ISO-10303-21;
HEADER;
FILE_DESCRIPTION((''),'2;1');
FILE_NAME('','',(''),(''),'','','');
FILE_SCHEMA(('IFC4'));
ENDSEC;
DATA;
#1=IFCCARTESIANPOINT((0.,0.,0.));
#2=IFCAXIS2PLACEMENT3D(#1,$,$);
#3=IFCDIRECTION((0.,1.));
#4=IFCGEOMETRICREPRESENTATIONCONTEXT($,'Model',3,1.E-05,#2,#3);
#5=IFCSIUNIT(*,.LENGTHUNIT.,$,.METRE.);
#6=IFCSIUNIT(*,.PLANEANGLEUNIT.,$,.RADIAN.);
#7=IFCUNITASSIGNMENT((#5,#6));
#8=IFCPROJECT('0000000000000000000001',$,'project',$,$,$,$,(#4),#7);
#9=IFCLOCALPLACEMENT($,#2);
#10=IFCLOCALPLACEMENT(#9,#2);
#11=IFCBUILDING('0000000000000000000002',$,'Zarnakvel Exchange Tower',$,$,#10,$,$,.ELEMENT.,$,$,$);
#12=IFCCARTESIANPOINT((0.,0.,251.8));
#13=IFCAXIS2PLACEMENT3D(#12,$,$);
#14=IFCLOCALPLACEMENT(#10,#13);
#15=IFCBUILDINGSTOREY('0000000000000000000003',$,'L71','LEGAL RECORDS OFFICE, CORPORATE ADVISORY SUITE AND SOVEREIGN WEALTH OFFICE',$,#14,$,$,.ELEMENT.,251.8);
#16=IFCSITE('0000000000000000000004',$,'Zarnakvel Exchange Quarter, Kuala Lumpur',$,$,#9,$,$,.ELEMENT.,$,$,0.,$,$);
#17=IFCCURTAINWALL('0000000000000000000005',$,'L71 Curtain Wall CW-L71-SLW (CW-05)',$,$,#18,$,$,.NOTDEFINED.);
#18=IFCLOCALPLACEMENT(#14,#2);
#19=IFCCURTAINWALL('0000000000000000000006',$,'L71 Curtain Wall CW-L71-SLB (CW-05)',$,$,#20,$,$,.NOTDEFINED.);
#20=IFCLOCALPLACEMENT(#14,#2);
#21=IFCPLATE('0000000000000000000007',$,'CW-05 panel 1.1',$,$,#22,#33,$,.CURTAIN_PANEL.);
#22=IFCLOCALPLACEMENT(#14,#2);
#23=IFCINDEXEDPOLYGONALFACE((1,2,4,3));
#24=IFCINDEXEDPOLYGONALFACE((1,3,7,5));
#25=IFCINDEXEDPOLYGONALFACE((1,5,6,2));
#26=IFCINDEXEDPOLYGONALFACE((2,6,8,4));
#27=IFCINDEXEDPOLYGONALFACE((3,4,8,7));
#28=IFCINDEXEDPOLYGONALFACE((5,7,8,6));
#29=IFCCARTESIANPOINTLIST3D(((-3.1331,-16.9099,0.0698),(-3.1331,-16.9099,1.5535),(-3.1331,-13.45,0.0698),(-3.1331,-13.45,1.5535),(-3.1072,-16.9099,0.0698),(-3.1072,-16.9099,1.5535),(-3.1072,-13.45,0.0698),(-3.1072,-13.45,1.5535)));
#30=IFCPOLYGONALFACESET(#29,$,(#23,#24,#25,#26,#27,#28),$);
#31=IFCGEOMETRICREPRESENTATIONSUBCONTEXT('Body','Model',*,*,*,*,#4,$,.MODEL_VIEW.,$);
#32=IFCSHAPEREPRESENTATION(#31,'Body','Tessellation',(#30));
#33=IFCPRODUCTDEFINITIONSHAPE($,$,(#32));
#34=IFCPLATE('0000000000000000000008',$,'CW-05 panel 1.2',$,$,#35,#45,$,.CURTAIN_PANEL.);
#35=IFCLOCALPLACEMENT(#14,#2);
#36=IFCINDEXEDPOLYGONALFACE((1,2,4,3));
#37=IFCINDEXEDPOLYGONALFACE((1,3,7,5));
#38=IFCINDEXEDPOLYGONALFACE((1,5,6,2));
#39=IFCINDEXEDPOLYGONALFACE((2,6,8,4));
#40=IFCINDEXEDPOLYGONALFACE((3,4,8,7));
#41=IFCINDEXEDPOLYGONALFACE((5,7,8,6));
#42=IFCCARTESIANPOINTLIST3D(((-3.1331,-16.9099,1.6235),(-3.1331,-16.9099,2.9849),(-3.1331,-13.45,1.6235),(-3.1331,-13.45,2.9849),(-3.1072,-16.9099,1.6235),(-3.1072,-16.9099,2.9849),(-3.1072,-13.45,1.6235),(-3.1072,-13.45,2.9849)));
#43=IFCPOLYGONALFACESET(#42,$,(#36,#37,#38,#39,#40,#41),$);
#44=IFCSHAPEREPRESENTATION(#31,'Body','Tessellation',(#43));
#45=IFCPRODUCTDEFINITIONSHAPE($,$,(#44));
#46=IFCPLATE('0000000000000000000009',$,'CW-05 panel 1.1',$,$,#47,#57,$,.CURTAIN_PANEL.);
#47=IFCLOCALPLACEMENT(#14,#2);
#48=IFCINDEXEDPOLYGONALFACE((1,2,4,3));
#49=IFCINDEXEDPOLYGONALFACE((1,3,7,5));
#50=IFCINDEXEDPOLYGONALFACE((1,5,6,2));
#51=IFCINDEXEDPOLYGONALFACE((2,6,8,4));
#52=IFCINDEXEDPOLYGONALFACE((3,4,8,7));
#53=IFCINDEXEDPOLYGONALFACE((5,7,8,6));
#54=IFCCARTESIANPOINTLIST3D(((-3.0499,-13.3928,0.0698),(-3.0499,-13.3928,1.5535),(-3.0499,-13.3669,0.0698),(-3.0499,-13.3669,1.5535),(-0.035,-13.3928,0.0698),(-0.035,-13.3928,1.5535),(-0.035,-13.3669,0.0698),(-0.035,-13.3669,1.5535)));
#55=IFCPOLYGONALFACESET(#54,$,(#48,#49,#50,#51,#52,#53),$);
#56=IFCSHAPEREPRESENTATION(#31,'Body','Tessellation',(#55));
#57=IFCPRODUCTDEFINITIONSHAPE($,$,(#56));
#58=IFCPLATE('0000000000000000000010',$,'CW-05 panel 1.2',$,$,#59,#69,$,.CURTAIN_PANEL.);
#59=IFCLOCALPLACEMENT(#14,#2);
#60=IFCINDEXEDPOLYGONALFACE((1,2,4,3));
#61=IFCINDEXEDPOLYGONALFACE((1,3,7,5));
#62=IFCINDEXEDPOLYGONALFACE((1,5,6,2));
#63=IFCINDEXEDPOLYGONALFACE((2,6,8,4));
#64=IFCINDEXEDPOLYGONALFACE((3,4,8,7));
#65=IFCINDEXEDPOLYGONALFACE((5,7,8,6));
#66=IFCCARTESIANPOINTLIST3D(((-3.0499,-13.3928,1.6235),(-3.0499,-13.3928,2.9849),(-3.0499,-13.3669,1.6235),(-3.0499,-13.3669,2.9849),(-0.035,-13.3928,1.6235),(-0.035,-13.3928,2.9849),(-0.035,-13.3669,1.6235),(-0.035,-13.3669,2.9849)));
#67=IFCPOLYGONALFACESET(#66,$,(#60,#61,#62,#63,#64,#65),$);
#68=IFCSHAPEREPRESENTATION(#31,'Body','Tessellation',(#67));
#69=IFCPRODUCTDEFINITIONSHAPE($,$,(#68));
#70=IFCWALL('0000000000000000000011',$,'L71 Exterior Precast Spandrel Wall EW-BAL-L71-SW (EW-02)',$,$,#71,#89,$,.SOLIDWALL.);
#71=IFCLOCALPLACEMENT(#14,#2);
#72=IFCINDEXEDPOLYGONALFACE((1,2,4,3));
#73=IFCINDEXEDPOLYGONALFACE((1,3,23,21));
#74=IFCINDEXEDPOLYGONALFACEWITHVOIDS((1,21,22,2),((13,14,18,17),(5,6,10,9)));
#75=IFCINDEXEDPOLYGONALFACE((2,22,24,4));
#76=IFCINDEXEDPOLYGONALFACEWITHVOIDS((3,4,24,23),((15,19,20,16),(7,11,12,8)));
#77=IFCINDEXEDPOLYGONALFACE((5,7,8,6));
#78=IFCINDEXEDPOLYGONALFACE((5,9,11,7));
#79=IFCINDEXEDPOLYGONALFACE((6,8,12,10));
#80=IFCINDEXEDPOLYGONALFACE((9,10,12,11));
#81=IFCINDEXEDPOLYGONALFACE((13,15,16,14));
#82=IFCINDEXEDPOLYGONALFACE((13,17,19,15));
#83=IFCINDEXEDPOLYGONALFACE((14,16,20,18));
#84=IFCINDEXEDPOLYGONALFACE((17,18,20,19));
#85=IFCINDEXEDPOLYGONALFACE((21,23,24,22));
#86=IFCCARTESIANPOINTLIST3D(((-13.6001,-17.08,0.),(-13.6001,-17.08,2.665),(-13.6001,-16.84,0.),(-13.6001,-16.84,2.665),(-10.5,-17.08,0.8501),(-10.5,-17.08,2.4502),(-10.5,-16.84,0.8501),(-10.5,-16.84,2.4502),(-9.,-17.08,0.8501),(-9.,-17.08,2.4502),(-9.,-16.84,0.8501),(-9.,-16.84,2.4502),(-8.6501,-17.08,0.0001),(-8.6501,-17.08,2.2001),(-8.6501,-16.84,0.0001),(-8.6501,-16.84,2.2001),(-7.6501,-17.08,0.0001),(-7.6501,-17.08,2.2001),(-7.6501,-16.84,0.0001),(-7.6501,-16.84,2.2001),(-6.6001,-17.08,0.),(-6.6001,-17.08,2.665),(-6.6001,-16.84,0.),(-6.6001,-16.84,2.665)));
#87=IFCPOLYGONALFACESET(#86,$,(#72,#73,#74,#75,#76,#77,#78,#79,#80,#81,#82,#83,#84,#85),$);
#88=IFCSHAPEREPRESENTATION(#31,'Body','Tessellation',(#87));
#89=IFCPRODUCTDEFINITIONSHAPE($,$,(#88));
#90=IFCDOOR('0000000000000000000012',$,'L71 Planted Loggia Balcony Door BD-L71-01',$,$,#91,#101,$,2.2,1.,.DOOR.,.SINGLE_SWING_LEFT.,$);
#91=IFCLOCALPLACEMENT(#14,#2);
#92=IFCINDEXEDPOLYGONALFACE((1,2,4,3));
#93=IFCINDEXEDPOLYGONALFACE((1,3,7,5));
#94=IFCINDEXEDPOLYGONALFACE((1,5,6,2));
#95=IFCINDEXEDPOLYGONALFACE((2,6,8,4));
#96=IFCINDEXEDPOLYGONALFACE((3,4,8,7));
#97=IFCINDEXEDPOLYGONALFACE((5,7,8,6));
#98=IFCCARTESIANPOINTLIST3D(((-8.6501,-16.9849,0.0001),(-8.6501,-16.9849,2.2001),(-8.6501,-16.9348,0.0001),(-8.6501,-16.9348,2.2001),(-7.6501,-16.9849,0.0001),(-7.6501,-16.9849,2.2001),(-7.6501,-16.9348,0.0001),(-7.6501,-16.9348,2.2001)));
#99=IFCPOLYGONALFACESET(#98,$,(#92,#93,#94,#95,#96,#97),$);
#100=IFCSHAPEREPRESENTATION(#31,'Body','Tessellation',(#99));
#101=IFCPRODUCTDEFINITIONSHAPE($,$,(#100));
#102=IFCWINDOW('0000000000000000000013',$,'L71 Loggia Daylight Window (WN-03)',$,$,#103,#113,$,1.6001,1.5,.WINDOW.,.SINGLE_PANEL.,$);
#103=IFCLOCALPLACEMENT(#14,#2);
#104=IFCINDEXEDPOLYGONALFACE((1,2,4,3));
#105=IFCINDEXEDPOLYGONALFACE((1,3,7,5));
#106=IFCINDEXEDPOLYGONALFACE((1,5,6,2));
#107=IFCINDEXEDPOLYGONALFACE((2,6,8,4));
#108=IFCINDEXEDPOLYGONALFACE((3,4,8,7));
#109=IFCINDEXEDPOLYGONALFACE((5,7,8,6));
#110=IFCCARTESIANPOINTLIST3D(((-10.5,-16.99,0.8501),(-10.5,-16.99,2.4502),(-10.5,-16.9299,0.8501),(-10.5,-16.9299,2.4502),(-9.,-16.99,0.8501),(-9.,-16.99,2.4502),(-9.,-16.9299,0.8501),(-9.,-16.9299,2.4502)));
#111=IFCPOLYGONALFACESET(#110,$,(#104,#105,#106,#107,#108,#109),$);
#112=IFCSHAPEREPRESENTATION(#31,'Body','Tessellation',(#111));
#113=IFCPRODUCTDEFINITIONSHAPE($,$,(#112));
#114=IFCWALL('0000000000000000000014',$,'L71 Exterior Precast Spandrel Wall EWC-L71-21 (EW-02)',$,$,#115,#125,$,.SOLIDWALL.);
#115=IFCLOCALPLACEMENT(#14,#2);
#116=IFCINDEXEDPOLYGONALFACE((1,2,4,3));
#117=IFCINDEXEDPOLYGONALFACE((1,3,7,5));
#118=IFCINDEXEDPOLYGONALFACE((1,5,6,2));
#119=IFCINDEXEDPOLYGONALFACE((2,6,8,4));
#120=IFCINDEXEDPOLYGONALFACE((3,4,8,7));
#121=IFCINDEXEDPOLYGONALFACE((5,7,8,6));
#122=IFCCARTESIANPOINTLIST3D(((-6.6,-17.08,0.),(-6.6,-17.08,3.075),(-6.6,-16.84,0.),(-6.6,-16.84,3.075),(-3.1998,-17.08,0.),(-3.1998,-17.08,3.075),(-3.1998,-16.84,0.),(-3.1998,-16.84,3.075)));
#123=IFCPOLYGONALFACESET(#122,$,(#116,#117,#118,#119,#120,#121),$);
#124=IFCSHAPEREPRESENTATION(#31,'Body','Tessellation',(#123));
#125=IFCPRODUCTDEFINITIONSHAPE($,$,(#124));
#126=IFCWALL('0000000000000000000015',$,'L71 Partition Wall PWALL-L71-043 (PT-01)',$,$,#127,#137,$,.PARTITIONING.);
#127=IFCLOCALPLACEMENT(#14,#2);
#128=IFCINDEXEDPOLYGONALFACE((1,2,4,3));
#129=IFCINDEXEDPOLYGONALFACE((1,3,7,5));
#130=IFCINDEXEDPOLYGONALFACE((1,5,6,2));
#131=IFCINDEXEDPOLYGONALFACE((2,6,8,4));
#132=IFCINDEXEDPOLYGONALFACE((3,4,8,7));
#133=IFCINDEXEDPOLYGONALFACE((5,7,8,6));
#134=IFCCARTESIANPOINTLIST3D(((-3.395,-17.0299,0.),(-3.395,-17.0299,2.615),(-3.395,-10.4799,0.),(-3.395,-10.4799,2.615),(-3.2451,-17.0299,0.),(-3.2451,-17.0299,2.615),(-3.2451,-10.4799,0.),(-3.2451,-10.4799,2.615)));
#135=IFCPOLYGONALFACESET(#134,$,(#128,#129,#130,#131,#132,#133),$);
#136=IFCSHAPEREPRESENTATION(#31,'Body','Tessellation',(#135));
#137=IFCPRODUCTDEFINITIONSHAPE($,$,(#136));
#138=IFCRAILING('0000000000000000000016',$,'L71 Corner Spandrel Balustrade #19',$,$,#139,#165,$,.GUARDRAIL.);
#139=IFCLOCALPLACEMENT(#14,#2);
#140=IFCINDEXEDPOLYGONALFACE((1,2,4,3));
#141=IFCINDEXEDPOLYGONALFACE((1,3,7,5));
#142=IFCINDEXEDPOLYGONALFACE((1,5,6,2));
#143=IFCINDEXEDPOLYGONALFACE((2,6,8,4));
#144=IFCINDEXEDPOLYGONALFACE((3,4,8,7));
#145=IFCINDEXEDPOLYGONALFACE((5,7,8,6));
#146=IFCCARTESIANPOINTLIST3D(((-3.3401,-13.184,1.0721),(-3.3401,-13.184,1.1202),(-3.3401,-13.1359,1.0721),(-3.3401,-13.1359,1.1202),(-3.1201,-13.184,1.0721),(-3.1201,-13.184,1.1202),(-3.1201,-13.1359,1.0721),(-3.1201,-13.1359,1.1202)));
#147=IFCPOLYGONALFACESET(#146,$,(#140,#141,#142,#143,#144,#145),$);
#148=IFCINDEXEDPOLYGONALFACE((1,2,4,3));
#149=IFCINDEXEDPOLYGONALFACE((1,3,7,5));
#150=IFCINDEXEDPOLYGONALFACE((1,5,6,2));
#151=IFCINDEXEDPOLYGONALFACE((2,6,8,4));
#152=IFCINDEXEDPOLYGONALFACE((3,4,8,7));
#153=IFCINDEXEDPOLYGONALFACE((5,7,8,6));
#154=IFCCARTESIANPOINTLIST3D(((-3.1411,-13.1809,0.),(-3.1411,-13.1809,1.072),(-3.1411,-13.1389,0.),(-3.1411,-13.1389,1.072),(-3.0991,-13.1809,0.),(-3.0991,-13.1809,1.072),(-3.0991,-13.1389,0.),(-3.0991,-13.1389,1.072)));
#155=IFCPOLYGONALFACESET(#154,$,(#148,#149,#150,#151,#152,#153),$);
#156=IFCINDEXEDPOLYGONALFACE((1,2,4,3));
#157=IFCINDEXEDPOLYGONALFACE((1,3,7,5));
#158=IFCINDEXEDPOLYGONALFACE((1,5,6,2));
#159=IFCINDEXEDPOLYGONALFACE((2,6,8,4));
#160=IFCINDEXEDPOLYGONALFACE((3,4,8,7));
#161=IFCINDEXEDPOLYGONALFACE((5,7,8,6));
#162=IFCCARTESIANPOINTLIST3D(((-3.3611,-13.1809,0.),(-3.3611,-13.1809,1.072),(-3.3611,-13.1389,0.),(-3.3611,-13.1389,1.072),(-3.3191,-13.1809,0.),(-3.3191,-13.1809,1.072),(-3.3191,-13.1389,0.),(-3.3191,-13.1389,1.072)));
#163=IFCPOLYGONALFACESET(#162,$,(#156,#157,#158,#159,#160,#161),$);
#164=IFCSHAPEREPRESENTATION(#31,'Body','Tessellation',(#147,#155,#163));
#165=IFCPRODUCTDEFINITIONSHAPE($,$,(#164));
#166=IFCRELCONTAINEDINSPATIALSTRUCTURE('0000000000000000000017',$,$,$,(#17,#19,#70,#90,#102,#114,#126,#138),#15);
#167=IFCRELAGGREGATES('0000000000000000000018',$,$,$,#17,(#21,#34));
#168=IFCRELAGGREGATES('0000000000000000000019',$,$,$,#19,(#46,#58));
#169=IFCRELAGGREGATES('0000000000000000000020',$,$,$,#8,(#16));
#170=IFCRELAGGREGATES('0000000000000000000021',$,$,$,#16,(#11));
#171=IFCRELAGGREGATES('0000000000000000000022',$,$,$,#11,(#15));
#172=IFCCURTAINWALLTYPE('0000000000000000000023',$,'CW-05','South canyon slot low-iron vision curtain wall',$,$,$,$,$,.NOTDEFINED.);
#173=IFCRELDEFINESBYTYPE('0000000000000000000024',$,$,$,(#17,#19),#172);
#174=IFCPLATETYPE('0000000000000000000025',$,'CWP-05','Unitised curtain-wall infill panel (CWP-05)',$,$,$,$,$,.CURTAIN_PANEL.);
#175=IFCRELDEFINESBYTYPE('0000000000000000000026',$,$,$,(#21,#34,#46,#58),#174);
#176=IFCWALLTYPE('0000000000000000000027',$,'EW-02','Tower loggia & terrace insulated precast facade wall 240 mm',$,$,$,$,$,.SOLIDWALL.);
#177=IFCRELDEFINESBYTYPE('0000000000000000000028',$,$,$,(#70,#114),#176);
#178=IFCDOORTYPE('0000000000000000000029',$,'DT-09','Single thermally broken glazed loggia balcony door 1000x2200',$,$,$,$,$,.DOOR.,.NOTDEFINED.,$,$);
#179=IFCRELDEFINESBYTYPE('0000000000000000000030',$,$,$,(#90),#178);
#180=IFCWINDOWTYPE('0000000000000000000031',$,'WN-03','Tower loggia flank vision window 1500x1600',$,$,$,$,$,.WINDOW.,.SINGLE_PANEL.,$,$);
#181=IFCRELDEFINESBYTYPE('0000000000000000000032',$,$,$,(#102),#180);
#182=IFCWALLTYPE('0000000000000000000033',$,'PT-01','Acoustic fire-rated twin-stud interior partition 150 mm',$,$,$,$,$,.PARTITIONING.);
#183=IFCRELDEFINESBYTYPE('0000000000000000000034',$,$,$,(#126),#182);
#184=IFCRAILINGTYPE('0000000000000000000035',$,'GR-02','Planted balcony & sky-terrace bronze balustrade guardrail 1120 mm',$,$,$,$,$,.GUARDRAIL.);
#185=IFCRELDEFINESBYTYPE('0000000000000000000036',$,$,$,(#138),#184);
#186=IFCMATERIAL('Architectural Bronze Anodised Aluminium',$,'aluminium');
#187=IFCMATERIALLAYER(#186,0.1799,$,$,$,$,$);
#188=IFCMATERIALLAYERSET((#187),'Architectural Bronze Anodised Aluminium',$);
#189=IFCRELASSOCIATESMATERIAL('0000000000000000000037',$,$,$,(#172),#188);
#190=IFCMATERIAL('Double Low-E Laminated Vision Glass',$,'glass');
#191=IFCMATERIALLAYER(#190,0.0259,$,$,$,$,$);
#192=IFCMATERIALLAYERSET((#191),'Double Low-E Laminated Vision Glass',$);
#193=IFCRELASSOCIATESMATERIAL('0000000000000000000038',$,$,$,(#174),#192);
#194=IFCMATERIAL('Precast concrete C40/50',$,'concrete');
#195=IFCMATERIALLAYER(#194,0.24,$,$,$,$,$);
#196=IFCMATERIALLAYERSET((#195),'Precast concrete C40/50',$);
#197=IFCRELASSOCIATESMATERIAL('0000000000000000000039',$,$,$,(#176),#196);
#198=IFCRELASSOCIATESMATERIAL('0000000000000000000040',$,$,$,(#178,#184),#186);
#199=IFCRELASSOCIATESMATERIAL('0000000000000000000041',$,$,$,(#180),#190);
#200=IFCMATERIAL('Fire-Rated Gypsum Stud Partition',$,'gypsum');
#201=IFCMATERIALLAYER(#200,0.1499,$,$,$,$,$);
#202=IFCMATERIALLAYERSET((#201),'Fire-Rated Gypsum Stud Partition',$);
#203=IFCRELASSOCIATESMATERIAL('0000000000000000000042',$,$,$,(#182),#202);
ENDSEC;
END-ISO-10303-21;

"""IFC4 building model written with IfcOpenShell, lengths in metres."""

from ifc_helpers import new_model, si_unit, direction, frame, frame_2d, origin, origin_2d, place, context, subcontext, project, spatial, rectangle, extrude, source, transform, mapped, material, layer, layer_set, type_object, element, fill, aggregate, save


model = new_model("IFC4")

# Units and contexts
model_context = context("Model", 3, precision=1e-05, world=origin(), true_north=direction((0.0, 1.0)))
body_context = subcontext(model_context, "Body", "Model", "MODEL_VIEW")
ifc_project = project(units=[si_unit("LENGTHUNIT", "METRE"), si_unit("PLANEANGLEUNIT", "RADIAN")], contexts=[model_context])

# Site, building, storey
site_placement = place(None, origin())
site = spatial("IfcSite", under=ifc_project, at=site_placement, Name="Zarnakvel Exchange Quarter, Kuala Lumpur", CompositionType="ELEMENT", RefElevation=0.0)
building_placement = place(site_placement, origin())
building = spatial("IfcBuilding", under=site, at=building_placement, Name="Zarnakvel Exchange Tower", CompositionType="ELEMENT")
storey_placement = place(building_placement, frame((0.0, 0.0, 251.8)))
storey = spatial("IfcBuildingStorey", under=building, at=storey_placement, Name="L71", Description="LEGAL RECORDS OFFICE, CORPORATE ADVISORY SUITE AND SOVEREIGN WEALTH OFFICE", CompositionType="ELEMENT", Elevation=251.8)

# Curtain walls
ifc_material_1 = material(Name="Architectural Bronze Anodised Aluminium", Category="aluminium")
ifc_layer_1 = layer(ifc_material_1, 0.1799)
ifc_layer_set_1 = layer_set([ifc_layer_1], Name="Architectural Bronze Anodised Aluminium")
curtain_wall_type = type_object("IfcCurtainWallType", Name="CW-05", Description="South canyon slot low-iron vision curtain wall", PredefinedType="NOTDEFINED", material=ifc_layer_set_1)
curtain_wall_1_placement = place(storey_placement, origin())
curtain_wall_1 = element("IfcCurtainWall", 1, at=curtain_wall_1_placement, inside=storey, type_object=curtain_wall_type, Name="L71 Curtain Wall CW-L71-SLW (CW-05)", PredefinedType="NOTDEFINED")
curtain_wall_2_placement = place(storey_placement, origin())
curtain_wall_2 = element("IfcCurtainWall", 2, at=curtain_wall_2_placement, inside=storey, type_object=curtain_wall_type, Name="L71 Curtain Wall CW-L71-SLB (CW-05)", PredefinedType="NOTDEFINED")

# Plates
ifc_material_2 = material(Name="Double Low-E Laminated Vision Glass", Category="glass")
ifc_layer_2 = layer(ifc_material_2, 0.0259)
ifc_layer_set_2 = layer_set([ifc_layer_2], Name="Double Low-E Laminated Vision Glass")
plate_type = type_object("IfcPlateType", Name="CWP-05", Description="Unitised curtain-wall infill panel (CWP-05)", PredefinedType="CURTAIN_PANEL", material=ifc_layer_set_2)
shared_shape_1 = source(origin(), body_context, "Body", "SweptSolid", [
    extrude(rectangle(XDim=3.46, YDim=0.0259, at=origin_2d()), origin(), (0.0, 0.0, 1.0), 1.4836),
])
plate_1_placement = place(storey_placement, frame((-3.1201, -15.1799, 0.0698), z_axis=(0.0, 0.0, 1.0), x_axis=(0.0, 1.0, 0.0)))
plate_1 = element("IfcPlate", 3, at=plate_1_placement, type_object=plate_type, Name="CW-05 panel 1.1", PredefinedType="CURTAIN_PANEL", context=body_context, shape_type="MappedRepresentation", body=[
    mapped(shared_shape_1, transform((0.0, 0.0, 0.0), x_axis=(1.0, 0.0, 0.0), y_axis=(0.0, 1.0, 0.0), z_axis=(0.0, 0.0, 1.0), scale=1.0)),
])
shared_shape_2 = source(origin(), body_context, "Body", "SweptSolid", [
    extrude(rectangle(XDim=3.46, YDim=0.0259, at=origin_2d()), origin(), (0.0, 0.0, 1.0), 1.3613),
])
plate_2_placement = place(storey_placement, frame((-3.1201, -15.1799, 1.6235), z_axis=(0.0, 0.0, 1.0), x_axis=(0.0, 1.0, 0.0)))
plate_2 = element("IfcPlate", 4, at=plate_2_placement, type_object=plate_type, Name="CW-05 panel 1.2", PredefinedType="CURTAIN_PANEL", context=body_context, shape_type="MappedRepresentation", body=[
    mapped(shared_shape_2, transform((0.0, 0.0, 0.0), x_axis=(1.0, 0.0, 0.0), y_axis=(0.0, 1.0, 0.0), z_axis=(0.0, 0.0, 1.0), scale=1.0)),
])
aggregate(curtain_wall_1, [plate_1, plate_2])
shared_shape_3 = source(origin(), body_context, "Body", "SweptSolid", [
    extrude(rectangle(XDim=3.0149, YDim=0.0259, at=origin_2d()), origin(), (0.0, 0.0, 1.0), 1.4836),
])
plate_3_placement = place(storey_placement, frame((-1.5425, -13.3799, 0.0698), z_axis=(0.0, 0.0, 1.0), x_axis=(1.0, 0.0, 0.0)))
plate_3 = element("IfcPlate", 5, at=plate_3_placement, type_object=plate_type, Name="CW-05 panel 1.1", PredefinedType="CURTAIN_PANEL", context=body_context, shape_type="MappedRepresentation", body=[
    mapped(shared_shape_3, transform((0.0, 0.0, 0.0), x_axis=(1.0, 0.0, 0.0), y_axis=(0.0, 1.0, 0.0), z_axis=(0.0, 0.0, 1.0), scale=1.0)),
])
shared_shape_4 = source(origin(), body_context, "Body", "SweptSolid", [
    extrude(rectangle(XDim=3.0149, YDim=0.0259, at=origin_2d()), origin(), (0.0, 0.0, 1.0), 1.3613),
])
plate_4_placement = place(storey_placement, frame((-1.5425, -13.3799, 1.6235), z_axis=(0.0, 0.0, 1.0), x_axis=(1.0, 0.0, 0.0)))
plate_4 = element("IfcPlate", 6, at=plate_4_placement, type_object=plate_type, Name="CW-05 panel 1.2", PredefinedType="CURTAIN_PANEL", context=body_context, shape_type="MappedRepresentation", body=[
    mapped(shared_shape_4, transform((0.0, 0.0, 0.0), x_axis=(1.0, 0.0, 0.0), y_axis=(0.0, 1.0, 0.0), z_axis=(0.0, 0.0, 1.0), scale=1.0)),
])
aggregate(curtain_wall_2, [plate_3, plate_4])

# Wall, openings, door, window
ifc_material_3 = material(Name="Precast concrete C40/50", Category="concrete")
ifc_layer_3 = layer(ifc_material_3, 0.24)
ifc_layer_set_3 = layer_set([ifc_layer_3], Name="Precast concrete C40/50")
wall_type_1 = type_object("IfcWallType", Name="EW-02", Description="Tower loggia & terrace insulated precast facade wall 240 mm", PredefinedType="SOLIDWALL", material=ifc_layer_set_3)
wall_1_placement = place(storey_placement, frame((-6.6001, -16.96, 0.0), z_axis=(0.0, 0.0, 1.0), x_axis=(-1.0, 0.0, 0.0)))
wall_1 = element("IfcWall", 7, at=wall_1_placement, inside=storey, type_object=wall_type_1, Name="L71 Exterior Precast Spandrel Wall EW-BAL-L71-SW (EW-02)", PredefinedType="SOLIDWALL", context=body_context, shape_type="SweptSolid", body=[
    extrude(rectangle(XDim=7.0, YDim=0.24, at=frame_2d((3.5, 0.0))), origin(), (0.0, 0.0, 1.0), 2.665),
])
opening_1_placement = place(wall_1_placement, frame((1.05, 0.0, 0.0)))
opening_1 = element("IfcOpeningElement", 8, at=opening_1_placement, cuts=wall_1, PredefinedType="OPENING", context=body_context, shape_type="SweptSolid", body=[
    extrude(rectangle(XDim=1.0, YDim=2.2, at=frame_2d((0.5, 1.1001))), frame((0.0, 0.1299, 0.0), z_axis=(0.0, -1.0, 0.0), x_axis=(1.0, 0.0, 0.0)), (0.0, 0.0, 1.0), 0.26),
])
opening_2_placement = place(wall_1_placement, frame((2.3999, 0.0, 0.8501)))
opening_2 = element("IfcOpeningElement", 9, at=opening_2_placement, cuts=wall_1, PredefinedType="OPENING", context=body_context, shape_type="SweptSolid", body=[
    extrude(rectangle(XDim=1.5, YDim=1.6001, at=frame_2d((0.75, 0.8))), frame((0.0, 0.1299, 0.0), z_axis=(0.0, -1.0, 0.0), x_axis=(1.0, 0.0, 0.0)), (0.0, 0.0, 1.0), 0.26),
])
door_type = type_object("IfcDoorType", Name="DT-09", Description="Single thermally broken glazed loggia balcony door 1000x2200", OperationType="NOTDEFINED", PredefinedType="DOOR", material=ifc_material_1)
shared_shape_5 = source(origin(), body_context, "Body", "SweptSolid", [
    extrude(rectangle(XDim=1.0, YDim=2.2, at=frame_2d((0.5, 1.1001))), frame((0.0, 0.0249, 0.0), z_axis=(0.0, -1.0, 0.0), x_axis=(1.0, 0.0, 0.0)), (0.0, 0.0, 1.0), 0.05),
])
door_placement = place(opening_1_placement, origin())
door = element("IfcDoor", 10, at=door_placement, inside=storey, type_object=door_type, Name="L71 Planted Loggia Balcony Door BD-L71-01", OperationType="SINGLE_SWING_LEFT", OverallHeight=2.2, OverallWidth=1.0, PredefinedType="DOOR", context=body_context, shape_type="MappedRepresentation", body=[
    mapped(shared_shape_5, transform((0.0, 0.0, 0.0), x_axis=(1.0, 0.0, 0.0), y_axis=(0.0, 1.0, 0.0), z_axis=(0.0, 0.0, 1.0), scale=1.0)),
])
fill(opening_1, door)
window_type = type_object("IfcWindowType", Name="WN-03", Description="Tower loggia flank vision window 1500x1600", PartitioningType="SINGLE_PANEL", PredefinedType="WINDOW", material=ifc_material_2)
shared_shape_6 = source(origin(), body_context, "Body", "SweptSolid", [
    extrude(rectangle(XDim=1.5, YDim=1.6001, at=frame_2d((0.75, 0.8))), frame((0.0, 0.03, 0.0), z_axis=(0.0, -1.0, 0.0), x_axis=(1.0, 0.0, 0.0)), (0.0, 0.0, 1.0), 0.0601),
])
window_placement = place(opening_2_placement, origin())
window = element("IfcWindow", 11, at=window_placement, inside=storey, type_object=window_type, Name="L71 Loggia Daylight Window (WN-03)", OverallHeight=1.6001, OverallWidth=1.5, PartitioningType="SINGLE_PANEL", PredefinedType="WINDOW", context=body_context, shape_type="MappedRepresentation", body=[
    mapped(shared_shape_6, transform((0.0, 0.0, 0.0), x_axis=(1.0, 0.0, 0.0), y_axis=(0.0, 1.0, 0.0), z_axis=(0.0, 0.0, 1.0), scale=1.0)),
])
fill(opening_2, window)

# Walls
wall_2_placement = place(storey_placement, frame((-6.6001, -16.96, 0.0), z_axis=(0.0, 0.0, 1.0), x_axis=(1.0, 0.0, 0.0)))
element("IfcWall", 12, at=wall_2_placement, inside=storey, type_object=wall_type_1, Name="L71 Exterior Precast Spandrel Wall EWC-L71-21 (EW-02)", PredefinedType="SOLIDWALL", context=body_context, shape_type="SweptSolid", body=[
    extrude(rectangle(XDim=3.4001, YDim=0.24, at=frame_2d((1.7002, 0.0))), origin(), (0.0, 0.0, 1.0), 3.075),
])
ifc_material_4 = material(Name="Fire-Rated Gypsum Stud Partition", Category="gypsum")
ifc_layer_4 = layer(ifc_material_4, 0.1499)
ifc_layer_set_4 = layer_set([ifc_layer_4], Name="Fire-Rated Gypsum Stud Partition")
wall_type_2 = type_object("IfcWallType", Name="PT-01", Description="Acoustic fire-rated twin-stud interior partition 150 mm", PredefinedType="PARTITIONING", material=ifc_layer_set_4)
wall_3_placement = place(storey_placement, frame((-3.3201, -10.48, 0.0), z_axis=(0.0, 0.0, 1.0), x_axis=(0.0, -1.0, 0.0)))
element("IfcWall", 13, at=wall_3_placement, inside=storey, type_object=wall_type_2, Name="L71 Partition Wall PWALL-L71-043 (PT-01)", PredefinedType="PARTITIONING", context=body_context, shape_type="SweptSolid", body=[
    extrude(rectangle(XDim=6.55, YDim=0.1499, at=frame_2d((3.2749, 0.0))), origin(), (0.0, 0.0, 1.0), 2.615),
])

# Railing
railing_type = type_object("IfcRailingType", Name="GR-02", Description="Planted balcony & sky-terrace bronze balustrade guardrail 1120 mm", PredefinedType="GUARDRAIL", material=ifc_material_1)
railing_1_placement = place(storey_placement, frame((-3.1201, -13.1599, 0.0)))
element("IfcRailing", 14, at=railing_1_placement, inside=storey, type_object=railing_type, Name="L71 Corner Spandrel Balustrade #19", PredefinedType="GUARDRAIL", context=body_context, shape_type="SweptSolid", body=[
    extrude(rectangle(XDim=0.0481, YDim=0.0481, at=origin_2d()), frame((0.0, 0.0, 1.0962), z_axis=(-1.0, 0.0, 0.0), x_axis=(0.0, -1.0, 0.0)), (0.0, 0.0, 1.0), 0.22),
    extrude(rectangle(XDim=0.042, YDim=0.042, at=origin_2d()), origin(), (0.0, 0.0, 1.0), 1.072),
    extrude(rectangle(XDim=0.042, YDim=0.042, at=origin_2d()), frame((-0.22, 0.0, 0.0)), (0.0, 0.0, 1.0), 1.072),
])

save(model, "model.ifc")
